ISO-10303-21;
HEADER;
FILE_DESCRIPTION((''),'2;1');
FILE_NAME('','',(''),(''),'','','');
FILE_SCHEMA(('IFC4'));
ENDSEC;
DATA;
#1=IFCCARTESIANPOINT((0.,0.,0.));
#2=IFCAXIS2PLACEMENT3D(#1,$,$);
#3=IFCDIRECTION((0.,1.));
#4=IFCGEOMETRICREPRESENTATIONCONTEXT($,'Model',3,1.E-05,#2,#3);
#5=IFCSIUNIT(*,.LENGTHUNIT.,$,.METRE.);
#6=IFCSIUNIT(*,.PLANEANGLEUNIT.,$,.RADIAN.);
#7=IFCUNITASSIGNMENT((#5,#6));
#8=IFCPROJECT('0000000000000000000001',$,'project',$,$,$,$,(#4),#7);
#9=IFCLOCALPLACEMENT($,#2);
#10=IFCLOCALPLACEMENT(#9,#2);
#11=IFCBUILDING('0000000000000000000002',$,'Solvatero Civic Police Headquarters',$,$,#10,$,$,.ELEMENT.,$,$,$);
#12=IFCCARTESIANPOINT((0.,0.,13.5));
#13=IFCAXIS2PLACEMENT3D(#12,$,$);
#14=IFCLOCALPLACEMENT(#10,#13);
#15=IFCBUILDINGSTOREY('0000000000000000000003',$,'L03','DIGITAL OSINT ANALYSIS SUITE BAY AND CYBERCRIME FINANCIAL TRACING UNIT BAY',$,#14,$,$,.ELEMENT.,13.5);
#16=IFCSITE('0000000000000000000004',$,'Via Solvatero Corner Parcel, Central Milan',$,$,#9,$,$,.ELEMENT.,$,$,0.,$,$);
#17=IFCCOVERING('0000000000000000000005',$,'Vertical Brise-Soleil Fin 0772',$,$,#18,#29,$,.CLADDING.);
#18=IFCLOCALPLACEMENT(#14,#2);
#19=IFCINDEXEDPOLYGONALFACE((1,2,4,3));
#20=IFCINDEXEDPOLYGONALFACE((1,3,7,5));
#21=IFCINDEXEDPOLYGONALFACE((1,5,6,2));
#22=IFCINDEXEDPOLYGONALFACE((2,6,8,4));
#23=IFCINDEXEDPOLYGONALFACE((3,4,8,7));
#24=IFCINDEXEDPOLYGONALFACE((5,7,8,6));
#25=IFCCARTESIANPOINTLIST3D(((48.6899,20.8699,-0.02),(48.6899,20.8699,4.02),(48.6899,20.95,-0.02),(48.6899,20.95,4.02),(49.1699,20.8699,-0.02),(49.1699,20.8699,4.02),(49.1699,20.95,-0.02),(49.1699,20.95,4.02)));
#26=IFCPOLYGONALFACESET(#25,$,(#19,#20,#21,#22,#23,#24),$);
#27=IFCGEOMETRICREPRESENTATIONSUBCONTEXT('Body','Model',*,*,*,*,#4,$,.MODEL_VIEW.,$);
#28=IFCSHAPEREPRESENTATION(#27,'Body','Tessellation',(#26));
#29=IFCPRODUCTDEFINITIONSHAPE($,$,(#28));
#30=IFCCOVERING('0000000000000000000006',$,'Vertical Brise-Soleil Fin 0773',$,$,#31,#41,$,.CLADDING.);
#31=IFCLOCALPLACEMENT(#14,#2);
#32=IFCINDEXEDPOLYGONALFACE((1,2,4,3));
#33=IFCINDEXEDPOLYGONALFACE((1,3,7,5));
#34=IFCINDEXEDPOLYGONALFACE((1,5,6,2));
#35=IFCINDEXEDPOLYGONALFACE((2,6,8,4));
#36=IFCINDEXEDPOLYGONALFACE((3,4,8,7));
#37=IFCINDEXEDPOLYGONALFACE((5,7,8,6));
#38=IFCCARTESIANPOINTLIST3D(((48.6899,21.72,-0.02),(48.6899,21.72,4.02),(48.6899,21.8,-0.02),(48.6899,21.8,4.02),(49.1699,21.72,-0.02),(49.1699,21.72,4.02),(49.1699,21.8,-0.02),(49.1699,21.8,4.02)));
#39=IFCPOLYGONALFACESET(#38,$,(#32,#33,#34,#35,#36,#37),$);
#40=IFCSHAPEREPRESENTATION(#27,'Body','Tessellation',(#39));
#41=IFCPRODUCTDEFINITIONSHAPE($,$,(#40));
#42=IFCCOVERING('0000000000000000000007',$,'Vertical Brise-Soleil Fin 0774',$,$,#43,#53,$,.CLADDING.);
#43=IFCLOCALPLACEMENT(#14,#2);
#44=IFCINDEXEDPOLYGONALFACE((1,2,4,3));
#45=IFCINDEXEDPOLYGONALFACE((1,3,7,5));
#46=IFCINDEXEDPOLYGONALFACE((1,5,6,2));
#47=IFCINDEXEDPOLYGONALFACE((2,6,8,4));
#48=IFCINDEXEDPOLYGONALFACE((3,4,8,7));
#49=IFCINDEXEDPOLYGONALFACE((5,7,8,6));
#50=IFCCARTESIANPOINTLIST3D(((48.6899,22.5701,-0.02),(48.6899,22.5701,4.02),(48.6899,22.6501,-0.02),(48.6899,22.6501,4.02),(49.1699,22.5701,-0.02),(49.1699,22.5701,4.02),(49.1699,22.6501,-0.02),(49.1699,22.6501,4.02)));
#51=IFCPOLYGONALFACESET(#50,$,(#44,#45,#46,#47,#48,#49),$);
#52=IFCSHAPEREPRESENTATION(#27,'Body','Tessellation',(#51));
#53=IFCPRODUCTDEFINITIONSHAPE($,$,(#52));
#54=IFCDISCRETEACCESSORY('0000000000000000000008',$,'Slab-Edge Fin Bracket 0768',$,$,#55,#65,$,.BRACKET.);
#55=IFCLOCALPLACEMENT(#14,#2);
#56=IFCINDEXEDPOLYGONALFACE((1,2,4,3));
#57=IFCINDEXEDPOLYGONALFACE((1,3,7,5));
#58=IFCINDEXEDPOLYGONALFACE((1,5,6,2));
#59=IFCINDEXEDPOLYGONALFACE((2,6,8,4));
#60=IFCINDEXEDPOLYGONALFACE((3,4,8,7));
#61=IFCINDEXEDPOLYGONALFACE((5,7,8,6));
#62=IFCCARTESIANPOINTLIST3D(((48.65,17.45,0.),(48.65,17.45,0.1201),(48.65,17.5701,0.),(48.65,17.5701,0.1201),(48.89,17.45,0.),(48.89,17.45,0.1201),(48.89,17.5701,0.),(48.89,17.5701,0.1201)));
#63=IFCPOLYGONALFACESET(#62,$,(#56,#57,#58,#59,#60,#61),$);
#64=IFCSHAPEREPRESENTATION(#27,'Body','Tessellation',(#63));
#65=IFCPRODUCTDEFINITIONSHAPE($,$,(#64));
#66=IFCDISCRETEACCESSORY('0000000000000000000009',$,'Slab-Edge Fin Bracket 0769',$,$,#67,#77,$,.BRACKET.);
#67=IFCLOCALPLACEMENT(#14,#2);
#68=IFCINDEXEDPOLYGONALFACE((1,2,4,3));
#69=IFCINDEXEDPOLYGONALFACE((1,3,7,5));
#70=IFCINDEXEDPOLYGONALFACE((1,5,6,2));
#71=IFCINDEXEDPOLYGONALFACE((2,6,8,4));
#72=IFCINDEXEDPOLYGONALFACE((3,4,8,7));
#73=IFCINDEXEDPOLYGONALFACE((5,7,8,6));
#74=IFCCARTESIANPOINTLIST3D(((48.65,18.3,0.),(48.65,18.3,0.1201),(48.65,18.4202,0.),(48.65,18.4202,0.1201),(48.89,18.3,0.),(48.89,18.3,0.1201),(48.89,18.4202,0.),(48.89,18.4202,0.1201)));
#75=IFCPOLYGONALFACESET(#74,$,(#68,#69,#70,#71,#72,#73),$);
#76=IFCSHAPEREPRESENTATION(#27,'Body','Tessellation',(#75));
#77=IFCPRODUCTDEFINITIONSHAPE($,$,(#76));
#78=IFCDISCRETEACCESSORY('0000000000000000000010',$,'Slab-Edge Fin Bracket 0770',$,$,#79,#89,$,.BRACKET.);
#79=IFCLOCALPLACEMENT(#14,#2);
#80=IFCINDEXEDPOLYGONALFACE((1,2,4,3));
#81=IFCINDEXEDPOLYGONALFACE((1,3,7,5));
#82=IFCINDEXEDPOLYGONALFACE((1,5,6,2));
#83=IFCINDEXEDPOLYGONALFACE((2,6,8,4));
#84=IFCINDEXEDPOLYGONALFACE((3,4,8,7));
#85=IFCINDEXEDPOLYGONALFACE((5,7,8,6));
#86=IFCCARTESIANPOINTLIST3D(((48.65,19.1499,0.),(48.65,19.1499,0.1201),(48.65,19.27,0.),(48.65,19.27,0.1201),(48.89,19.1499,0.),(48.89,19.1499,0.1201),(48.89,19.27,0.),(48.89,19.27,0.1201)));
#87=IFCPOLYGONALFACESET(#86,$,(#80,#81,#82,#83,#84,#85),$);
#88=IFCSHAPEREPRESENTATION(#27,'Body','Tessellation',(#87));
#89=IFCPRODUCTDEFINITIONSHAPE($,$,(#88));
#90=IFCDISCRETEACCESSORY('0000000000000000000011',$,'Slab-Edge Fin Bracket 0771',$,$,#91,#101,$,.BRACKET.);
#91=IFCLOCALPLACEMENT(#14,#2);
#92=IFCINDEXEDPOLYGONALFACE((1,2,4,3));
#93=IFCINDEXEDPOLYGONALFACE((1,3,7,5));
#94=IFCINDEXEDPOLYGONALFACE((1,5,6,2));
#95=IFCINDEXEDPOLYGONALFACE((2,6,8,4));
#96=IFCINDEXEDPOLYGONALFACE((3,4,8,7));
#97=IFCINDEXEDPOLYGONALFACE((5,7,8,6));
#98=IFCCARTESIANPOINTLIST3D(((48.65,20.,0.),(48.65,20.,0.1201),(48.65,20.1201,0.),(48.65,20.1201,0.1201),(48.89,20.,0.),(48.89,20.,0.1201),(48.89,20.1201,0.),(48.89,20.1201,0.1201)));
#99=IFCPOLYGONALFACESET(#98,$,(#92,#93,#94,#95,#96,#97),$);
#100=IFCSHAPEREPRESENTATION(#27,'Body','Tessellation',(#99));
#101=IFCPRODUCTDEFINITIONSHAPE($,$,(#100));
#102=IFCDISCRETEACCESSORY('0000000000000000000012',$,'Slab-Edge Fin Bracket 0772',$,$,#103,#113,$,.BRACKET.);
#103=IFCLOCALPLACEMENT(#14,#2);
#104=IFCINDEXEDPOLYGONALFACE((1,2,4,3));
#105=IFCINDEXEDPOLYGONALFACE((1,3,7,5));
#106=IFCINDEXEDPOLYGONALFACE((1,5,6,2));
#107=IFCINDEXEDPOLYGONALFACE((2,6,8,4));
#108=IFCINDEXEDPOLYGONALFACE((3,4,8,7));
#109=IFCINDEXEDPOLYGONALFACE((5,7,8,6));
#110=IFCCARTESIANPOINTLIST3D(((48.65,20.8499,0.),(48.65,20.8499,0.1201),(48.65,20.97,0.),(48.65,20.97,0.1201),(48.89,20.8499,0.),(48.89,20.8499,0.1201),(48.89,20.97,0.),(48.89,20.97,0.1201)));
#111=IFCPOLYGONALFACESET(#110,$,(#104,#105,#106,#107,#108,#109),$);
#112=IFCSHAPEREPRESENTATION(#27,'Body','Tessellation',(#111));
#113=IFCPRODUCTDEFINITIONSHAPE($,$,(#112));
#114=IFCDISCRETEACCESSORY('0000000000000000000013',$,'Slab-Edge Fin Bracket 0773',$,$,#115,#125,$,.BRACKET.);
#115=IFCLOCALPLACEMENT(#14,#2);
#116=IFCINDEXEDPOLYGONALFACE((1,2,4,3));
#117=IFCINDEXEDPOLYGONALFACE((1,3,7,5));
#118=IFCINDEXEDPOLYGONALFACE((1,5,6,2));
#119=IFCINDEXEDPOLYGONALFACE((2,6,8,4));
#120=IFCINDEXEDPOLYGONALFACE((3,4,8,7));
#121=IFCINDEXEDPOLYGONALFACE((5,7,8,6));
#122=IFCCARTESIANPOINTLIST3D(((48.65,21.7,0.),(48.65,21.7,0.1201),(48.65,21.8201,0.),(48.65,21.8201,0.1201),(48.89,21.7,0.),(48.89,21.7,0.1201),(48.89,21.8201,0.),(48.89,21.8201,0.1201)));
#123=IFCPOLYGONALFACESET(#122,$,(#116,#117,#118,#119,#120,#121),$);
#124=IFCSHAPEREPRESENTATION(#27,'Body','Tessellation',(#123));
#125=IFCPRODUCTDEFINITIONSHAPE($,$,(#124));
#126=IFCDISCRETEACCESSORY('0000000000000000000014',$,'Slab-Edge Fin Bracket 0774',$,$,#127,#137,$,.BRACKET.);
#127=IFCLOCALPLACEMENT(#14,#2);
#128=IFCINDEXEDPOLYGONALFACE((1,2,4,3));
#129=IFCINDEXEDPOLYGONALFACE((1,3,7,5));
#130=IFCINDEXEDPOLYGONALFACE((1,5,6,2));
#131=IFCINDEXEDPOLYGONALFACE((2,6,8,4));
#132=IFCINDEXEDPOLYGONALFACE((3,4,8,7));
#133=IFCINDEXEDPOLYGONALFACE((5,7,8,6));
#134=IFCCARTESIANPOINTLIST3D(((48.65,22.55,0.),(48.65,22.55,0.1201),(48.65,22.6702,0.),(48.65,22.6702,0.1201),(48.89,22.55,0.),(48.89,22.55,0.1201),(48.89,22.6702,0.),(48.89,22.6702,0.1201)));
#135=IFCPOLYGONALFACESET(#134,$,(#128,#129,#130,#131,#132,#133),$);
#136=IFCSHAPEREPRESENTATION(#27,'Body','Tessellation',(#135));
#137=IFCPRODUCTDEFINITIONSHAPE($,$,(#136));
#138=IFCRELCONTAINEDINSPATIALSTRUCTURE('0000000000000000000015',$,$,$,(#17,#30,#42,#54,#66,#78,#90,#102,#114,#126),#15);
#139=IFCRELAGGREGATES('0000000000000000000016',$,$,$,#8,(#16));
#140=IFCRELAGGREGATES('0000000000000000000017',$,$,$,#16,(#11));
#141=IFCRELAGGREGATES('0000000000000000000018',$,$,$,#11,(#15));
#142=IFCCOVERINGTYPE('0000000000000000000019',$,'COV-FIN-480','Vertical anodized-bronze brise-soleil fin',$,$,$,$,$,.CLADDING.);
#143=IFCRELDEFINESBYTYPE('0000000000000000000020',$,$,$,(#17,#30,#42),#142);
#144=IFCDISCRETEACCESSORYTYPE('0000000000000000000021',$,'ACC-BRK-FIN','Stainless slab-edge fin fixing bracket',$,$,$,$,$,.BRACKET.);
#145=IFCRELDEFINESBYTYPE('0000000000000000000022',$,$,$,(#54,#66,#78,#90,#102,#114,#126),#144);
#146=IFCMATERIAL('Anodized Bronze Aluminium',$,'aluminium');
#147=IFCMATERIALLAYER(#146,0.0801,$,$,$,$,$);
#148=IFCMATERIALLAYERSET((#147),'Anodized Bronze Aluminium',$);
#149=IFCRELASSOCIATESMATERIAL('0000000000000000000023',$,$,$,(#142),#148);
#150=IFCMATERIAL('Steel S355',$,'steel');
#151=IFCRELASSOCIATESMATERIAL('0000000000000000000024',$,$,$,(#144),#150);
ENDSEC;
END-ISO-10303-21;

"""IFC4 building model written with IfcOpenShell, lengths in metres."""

from ifc_helpers import new_model, si_unit, direction, frame, origin, origin_2d, place, context, subcontext, project, spatial, rectangle, extrude, material, layer, layer_set, type_object, element, save


model = new_model("IFC4")

# Units and contexts
model_context = context("Model", 3, precision=1e-05, world=origin(), true_north=direction((0.0, 1.0)))
body_context = subcontext(model_context, "Body", "Model", "MODEL_VIEW")
ifc_project = project(units=[si_unit("LENGTHUNIT", "METRE"), si_unit("PLANEANGLEUNIT", "RADIAN")], contexts=[model_context])

# Site, building, storey
site_placement = place(None, origin())
site = spatial("IfcSite", under=ifc_project, at=site_placement, Name="Via Solvatero Corner Parcel, Central Milan", CompositionType="ELEMENT", RefElevation=0.0)
building_placement = place(site_placement, origin())
building = spatial("IfcBuilding", under=site, at=building_placement, Name="Solvatero Civic Police Headquarters", CompositionType="ELEMENT")
storey_placement = place(building_placement, frame((0.0, 0.0, 13.5)))
storey = spatial("IfcBuildingStorey", under=building, at=storey_placement, Name="L03", Description="DIGITAL OSINT ANALYSIS SUITE BAY AND CYBERCRIME FINANCIAL TRACING UNIT BAY", CompositionType="ELEMENT", Elevation=13.5)

# Shared definitions
ifc_material_1 = material(Name="Anodized Bronze Aluminium", Category="aluminium")

# Coverings
ifc_layer_1 = layer(ifc_material_1, 0.0801)
ifc_layer_set_1 = layer_set([ifc_layer_1], Name="Anodized Bronze Aluminium")
covering_type = type_object("IfcCoveringType", Name="COV-FIN-480", Description="Vertical anodized-bronze brise-soleil fin", PredefinedType="CLADDING", material=ifc_layer_set_1)
for number, where, z_axis, x_axis, name in (
    (1, (48.9299, 20.9099, -0.02), (0.0, 0.0, 1.0), (0.0, 1.0, 0.0), "Vertical Brise-Soleil Fin 0772"),
    (2, (48.9299, 21.76, -0.02), (0.0, 0.0, 1.0), (0.0, 1.0, 0.0), "Vertical Brise-Soleil Fin 0773"),
    (3, (48.9299, 22.6101, -0.02), (0.0, 0.0, 1.0), (0.0, 1.0, 0.0), "Vertical Brise-Soleil Fin 0774"),
):
    element("IfcCovering", number, at=place(storey_placement, frame(where, z_axis=z_axis, x_axis=x_axis)), inside=storey, type_object=covering_type, Name=name, PredefinedType="CLADDING", context=body_context, shape_type="SweptSolid", body=[
        extrude(rectangle(XDim=0.0801, YDim=0.48, at=origin_2d()), origin(), (0.0, 0.0, 1.0), 4.04),
    ])

# Discrete accessories
ifc_material_2 = material(Name="Steel S355", Category="steel")
discrete_accessory_type = type_object("IfcDiscreteAccessoryType", Name="ACC-BRK-FIN", Description="Stainless slab-edge fin fixing bracket", PredefinedType="BRACKET", material=ifc_material_2)
for number, where, z_axis, x_axis, name in (
    (4, (48.77, 17.51, 0.0), (0.0, 0.0, 1.0), (0.0, 1.0, 0.0), "Slab-Edge Fin Bracket 0768"),
    (5, (48.77, 18.3601, 0.0), (0.0, 0.0, 1.0), (0.0, 1.0, 0.0), "Slab-Edge Fin Bracket 0769"),
    (6, (48.77, 19.21, 0.0), (0.0, 0.0, 1.0), (0.0, 1.0, 0.0), "Slab-Edge Fin Bracket 0770"),
    (7, (48.77, 20.0601, 0.0), (0.0, 0.0, 1.0), (0.0, 1.0, 0.0), "Slab-Edge Fin Bracket 0771"),
    (8, (48.77, 20.9099, 0.0), (0.0, 0.0, 1.0), (0.0, 1.0, 0.0), "Slab-Edge Fin Bracket 0772"),
    (9, (48.77, 21.76, 0.0), (0.0, 0.0, 1.0), (0.0, 1.0, 0.0), "Slab-Edge Fin Bracket 0773"),
    (10, (48.77, 22.6101, 0.0), (0.0, 0.0, 1.0), (0.0, 1.0, 0.0), "Slab-Edge Fin Bracket 0774"),
):
    element("IfcDiscreteAccessory", number, at=place(storey_placement, frame(where, z_axis=z_axis, x_axis=x_axis)), inside=storey, type_object=discrete_accessory_type, Name=name, PredefinedType="BRACKET", context=body_context, shape_type="SweptSolid", body=[
        extrude(rectangle(XDim=0.1201, YDim=0.24, at=origin_2d()), origin(), (0.0, 0.0, 1.0), 0.1201),
    ])

save(model, "model.ifc")
